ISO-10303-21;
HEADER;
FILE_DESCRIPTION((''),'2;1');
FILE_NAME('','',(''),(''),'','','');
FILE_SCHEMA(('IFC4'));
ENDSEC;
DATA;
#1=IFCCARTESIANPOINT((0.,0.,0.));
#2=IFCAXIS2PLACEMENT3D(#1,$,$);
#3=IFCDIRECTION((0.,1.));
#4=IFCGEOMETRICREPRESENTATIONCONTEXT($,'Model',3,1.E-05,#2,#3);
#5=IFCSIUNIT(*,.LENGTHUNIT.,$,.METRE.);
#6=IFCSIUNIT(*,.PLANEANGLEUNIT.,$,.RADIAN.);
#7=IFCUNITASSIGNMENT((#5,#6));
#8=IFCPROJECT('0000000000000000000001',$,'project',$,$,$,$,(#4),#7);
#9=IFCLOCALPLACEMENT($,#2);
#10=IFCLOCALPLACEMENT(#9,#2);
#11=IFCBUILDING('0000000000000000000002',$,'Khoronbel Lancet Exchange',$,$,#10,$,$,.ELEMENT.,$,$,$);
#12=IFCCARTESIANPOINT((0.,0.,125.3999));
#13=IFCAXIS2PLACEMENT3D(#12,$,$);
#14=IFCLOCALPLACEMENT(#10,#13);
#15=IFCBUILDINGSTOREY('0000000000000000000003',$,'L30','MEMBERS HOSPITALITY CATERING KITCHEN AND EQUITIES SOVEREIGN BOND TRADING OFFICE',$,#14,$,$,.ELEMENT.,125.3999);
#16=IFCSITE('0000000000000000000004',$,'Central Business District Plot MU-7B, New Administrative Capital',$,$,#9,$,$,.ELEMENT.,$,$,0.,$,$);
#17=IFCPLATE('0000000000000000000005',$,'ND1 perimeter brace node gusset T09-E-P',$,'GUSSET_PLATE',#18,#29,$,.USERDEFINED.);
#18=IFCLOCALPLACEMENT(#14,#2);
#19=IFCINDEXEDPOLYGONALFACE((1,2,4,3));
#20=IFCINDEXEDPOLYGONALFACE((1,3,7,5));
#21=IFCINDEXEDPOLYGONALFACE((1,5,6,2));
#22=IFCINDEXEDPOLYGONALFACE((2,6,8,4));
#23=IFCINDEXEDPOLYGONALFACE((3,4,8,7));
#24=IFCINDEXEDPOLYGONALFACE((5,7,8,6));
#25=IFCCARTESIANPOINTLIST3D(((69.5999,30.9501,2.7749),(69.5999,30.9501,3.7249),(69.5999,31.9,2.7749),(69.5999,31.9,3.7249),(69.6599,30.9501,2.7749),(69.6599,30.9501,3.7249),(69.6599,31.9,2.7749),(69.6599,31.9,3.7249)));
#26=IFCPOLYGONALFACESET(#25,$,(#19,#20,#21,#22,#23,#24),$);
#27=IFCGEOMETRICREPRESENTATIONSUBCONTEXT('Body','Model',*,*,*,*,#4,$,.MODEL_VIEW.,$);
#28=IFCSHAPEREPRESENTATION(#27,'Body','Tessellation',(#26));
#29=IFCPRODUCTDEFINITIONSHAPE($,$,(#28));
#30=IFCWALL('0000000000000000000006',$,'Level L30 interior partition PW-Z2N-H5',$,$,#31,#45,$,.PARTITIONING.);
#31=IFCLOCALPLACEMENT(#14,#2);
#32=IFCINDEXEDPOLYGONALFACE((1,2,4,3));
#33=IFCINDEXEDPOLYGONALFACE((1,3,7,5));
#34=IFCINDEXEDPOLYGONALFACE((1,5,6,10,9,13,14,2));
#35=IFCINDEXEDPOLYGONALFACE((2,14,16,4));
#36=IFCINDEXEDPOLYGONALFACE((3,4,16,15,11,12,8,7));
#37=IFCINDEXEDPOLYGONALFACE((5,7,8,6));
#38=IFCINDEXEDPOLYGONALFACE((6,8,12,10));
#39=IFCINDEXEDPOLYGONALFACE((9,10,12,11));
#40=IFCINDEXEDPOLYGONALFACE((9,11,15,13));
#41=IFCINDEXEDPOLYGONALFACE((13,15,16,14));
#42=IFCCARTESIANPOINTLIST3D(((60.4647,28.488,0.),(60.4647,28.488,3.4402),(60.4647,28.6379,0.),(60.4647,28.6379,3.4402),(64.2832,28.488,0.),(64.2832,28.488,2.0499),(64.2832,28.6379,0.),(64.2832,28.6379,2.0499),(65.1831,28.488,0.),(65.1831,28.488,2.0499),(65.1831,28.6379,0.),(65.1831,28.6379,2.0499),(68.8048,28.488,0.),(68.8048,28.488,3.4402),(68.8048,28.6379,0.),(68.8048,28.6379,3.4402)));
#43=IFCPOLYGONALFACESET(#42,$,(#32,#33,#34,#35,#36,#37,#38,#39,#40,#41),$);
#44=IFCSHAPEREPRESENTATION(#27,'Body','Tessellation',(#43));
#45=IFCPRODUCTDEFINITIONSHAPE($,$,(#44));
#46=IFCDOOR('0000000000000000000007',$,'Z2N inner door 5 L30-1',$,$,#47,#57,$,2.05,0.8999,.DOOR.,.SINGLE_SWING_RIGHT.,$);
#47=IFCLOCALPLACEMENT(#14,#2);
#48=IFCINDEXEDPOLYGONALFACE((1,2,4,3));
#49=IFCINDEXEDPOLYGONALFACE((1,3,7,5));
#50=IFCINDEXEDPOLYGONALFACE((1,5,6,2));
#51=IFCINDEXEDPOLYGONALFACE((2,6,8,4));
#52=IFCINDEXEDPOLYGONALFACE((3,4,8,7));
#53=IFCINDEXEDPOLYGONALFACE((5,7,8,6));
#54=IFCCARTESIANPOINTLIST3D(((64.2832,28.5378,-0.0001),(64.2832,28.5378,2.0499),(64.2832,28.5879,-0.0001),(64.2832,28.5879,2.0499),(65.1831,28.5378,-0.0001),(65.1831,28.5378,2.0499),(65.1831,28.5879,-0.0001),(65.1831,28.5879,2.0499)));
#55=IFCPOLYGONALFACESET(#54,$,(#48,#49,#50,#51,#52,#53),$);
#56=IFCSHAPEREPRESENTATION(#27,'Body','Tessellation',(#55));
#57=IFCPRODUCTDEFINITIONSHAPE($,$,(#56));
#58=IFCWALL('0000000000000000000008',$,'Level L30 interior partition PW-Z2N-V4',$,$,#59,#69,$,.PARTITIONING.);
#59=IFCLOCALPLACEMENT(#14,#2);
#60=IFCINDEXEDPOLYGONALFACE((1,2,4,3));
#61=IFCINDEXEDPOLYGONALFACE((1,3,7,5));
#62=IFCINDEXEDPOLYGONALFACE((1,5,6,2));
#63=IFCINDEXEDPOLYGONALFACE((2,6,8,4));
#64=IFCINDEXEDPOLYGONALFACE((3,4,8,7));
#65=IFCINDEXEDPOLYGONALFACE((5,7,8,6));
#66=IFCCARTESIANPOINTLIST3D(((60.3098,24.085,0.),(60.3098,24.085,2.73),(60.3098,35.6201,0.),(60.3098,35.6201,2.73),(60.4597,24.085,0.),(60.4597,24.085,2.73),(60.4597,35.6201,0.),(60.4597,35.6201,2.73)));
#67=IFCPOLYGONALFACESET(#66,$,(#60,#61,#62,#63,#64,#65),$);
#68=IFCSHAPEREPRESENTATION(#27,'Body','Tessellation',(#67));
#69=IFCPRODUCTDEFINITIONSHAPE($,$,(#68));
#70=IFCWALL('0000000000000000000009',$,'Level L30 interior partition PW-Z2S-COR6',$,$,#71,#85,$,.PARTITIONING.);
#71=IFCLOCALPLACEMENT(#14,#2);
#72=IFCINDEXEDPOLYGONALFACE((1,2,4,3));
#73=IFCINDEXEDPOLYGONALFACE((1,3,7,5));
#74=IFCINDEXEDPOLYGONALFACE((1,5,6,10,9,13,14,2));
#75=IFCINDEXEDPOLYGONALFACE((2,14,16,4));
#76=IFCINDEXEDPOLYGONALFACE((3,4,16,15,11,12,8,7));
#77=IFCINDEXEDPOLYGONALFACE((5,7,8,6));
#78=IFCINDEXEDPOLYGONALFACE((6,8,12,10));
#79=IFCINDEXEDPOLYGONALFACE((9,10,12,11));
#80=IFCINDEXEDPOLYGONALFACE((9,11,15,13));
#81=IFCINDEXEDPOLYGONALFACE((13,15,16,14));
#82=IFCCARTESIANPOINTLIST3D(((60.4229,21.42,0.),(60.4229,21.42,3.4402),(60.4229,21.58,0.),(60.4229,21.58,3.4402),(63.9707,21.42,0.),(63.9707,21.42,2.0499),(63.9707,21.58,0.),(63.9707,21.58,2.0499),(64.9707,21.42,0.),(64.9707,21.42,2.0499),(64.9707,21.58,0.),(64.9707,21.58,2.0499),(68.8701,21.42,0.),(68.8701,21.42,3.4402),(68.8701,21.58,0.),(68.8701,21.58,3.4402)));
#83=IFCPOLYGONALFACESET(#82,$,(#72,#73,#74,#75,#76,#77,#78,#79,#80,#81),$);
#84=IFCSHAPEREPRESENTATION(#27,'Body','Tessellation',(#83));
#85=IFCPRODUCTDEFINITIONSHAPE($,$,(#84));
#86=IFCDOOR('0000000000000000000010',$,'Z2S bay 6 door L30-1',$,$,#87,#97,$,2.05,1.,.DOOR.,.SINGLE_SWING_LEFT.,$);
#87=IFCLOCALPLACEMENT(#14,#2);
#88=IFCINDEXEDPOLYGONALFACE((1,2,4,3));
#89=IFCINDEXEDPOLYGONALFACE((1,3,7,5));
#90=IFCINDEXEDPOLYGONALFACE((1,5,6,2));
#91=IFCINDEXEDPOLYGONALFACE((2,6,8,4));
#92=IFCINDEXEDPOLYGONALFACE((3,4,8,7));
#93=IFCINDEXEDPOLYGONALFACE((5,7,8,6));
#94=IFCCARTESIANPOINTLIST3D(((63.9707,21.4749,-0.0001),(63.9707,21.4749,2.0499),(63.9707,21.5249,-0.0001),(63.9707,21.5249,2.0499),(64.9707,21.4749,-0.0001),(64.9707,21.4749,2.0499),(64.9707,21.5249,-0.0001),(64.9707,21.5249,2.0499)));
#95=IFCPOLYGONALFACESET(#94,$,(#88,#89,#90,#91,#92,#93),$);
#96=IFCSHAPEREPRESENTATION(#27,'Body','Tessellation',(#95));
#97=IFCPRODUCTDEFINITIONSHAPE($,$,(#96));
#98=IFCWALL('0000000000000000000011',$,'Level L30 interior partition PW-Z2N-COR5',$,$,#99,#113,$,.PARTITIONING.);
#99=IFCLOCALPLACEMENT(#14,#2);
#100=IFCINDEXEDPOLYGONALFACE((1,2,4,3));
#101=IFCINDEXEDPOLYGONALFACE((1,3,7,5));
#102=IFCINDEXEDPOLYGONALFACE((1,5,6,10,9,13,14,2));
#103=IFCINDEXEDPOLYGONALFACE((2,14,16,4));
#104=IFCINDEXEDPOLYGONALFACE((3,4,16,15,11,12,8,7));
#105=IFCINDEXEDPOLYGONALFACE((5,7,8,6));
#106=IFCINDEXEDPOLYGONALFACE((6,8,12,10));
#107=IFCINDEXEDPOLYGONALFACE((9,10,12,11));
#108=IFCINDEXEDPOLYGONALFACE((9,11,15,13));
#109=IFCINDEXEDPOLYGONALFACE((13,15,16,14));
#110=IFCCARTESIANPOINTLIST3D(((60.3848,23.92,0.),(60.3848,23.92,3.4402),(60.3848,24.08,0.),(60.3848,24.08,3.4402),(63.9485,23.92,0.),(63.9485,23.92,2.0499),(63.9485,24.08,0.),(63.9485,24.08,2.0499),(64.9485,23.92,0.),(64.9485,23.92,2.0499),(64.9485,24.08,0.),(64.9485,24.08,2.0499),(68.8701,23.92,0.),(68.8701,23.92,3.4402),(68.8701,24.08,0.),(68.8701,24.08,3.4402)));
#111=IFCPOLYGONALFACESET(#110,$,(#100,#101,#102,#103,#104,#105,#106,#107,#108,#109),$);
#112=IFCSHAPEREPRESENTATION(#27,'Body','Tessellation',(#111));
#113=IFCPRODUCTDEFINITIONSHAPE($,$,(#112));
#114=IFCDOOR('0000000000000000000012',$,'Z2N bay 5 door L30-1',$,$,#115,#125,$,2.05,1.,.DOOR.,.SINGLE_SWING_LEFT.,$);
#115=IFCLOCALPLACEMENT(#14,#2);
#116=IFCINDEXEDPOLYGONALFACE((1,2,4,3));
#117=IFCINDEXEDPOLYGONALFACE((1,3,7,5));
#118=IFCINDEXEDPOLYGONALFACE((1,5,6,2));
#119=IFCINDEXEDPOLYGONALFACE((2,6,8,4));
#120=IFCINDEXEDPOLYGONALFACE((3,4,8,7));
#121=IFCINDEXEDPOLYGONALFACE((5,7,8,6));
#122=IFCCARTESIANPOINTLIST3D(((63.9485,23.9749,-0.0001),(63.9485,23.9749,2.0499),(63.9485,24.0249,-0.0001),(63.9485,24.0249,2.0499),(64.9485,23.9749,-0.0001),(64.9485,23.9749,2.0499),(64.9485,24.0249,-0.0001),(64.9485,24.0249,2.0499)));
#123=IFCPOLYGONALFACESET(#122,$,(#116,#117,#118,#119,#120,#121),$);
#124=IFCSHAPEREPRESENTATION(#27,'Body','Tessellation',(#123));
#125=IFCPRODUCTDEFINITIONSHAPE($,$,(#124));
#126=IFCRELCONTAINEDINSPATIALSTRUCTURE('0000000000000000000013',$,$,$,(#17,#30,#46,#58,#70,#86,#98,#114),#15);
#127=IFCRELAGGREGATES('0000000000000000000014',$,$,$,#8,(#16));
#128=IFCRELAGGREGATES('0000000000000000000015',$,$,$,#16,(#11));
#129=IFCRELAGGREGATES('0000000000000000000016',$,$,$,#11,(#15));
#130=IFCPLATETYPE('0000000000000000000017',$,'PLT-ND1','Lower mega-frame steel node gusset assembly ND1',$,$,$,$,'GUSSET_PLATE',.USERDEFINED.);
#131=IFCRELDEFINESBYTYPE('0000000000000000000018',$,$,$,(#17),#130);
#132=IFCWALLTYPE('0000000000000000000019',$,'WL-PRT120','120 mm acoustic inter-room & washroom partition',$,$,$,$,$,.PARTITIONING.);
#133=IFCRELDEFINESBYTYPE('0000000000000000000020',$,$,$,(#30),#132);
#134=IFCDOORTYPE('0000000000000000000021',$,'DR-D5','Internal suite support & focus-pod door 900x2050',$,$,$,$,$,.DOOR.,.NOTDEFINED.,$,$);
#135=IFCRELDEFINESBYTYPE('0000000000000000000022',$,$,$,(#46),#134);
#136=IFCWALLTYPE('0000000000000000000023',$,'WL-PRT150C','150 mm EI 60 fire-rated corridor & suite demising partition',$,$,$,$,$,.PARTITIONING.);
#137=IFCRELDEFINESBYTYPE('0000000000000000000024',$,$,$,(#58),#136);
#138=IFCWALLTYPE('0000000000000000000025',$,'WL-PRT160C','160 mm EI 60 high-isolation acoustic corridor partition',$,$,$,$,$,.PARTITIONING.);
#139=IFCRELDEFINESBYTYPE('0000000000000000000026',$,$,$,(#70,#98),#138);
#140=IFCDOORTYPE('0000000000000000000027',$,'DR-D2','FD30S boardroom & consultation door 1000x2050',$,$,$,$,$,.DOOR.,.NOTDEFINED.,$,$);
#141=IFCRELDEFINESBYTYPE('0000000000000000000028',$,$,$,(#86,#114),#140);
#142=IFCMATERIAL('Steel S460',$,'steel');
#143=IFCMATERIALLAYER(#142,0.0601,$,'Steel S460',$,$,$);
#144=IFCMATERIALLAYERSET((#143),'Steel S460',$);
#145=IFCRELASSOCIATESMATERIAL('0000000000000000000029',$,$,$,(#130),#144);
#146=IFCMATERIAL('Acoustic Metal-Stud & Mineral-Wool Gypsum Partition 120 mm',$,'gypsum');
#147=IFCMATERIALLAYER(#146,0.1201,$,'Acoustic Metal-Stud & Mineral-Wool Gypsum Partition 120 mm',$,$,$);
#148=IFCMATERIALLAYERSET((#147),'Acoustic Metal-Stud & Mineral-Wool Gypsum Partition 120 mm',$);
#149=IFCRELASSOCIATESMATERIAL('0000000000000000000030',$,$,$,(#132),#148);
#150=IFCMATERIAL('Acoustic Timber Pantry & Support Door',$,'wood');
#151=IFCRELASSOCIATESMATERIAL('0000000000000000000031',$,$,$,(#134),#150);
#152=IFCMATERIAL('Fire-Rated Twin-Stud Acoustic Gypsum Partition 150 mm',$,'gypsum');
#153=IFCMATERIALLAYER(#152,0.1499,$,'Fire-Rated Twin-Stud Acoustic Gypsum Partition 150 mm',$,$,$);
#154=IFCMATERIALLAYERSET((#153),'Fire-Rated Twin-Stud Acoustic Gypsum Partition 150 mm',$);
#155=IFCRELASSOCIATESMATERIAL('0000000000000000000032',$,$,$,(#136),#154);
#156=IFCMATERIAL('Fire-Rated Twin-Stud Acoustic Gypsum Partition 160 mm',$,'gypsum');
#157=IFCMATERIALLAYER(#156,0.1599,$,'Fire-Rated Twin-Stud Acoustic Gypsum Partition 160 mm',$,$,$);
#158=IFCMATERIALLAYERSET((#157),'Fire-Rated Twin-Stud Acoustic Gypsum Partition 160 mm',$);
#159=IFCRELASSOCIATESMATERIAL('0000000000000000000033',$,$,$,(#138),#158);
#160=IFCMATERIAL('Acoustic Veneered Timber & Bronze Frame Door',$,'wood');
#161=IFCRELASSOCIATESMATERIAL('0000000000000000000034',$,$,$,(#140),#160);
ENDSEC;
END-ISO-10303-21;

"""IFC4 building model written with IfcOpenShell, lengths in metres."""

from ifc_helpers import new_model, si_unit, direction, frame, frame_2d, origin, origin_2d, place, context, subcontext, project, spatial, rectangle, extrude, material, layer, layer_set, type_object, element, fill, save


model = new_model("IFC4")

# Units and contexts
model_context = context("Model", 3, precision=1e-05, world=origin(), true_north=direction((0.0, 1.0)))
body_context = subcontext(model_context, "Body", "Model", "MODEL_VIEW")
ifc_project = project(units=[si_unit("LENGTHUNIT", "METRE"), si_unit("PLANEANGLEUNIT", "RADIAN")], contexts=[model_context])

# Site, building, storey
site_placement = place(None, origin())
site = spatial("IfcSite", under=ifc_project, at=site_placement, Name="Central Business District Plot MU-7B, New Administrative Capital", CompositionType="ELEMENT", RefElevation=0.0)
building_placement = place(site_placement, origin())
building = spatial("IfcBuilding", under=site, at=building_placement, Name="Khoronbel Lancet Exchange", CompositionType="ELEMENT")
storey_placement = place(building_placement, frame((0.0, 0.0, 125.3999)))
storey = spatial("IfcBuildingStorey", under=building, at=storey_placement, Name="L30", Description="MEMBERS HOSPITALITY CATERING KITCHEN AND EQUITIES SOVEREIGN BOND TRADING OFFICE", CompositionType="ELEMENT", Elevation=125.3999)

# Shared definitions
ifc_material_1 = material(Name="Steel S460", Category="steel")

# Plate
ifc_layer_1 = layer(ifc_material_1, 0.0601, Name="Steel S460")
ifc_layer_set_1 = layer_set([ifc_layer_1], Name="Steel S460")
plate_type_1 = type_object("IfcPlateType", Name="PLT-ND1", Description="Lower mega-frame steel node gusset assembly ND1", ElementType="GUSSET_PLATE", PredefinedType="USERDEFINED", material=ifc_layer_set_1)
plate_1_placement = place(storey_placement, frame((69.6299, 31.425, 2.7749), z_axis=(0.0, 0.0, 1.0), x_axis=(0.0, 1.0, 0.0)))
element("IfcPlate", 1, at=plate_1_placement, inside=storey, type_object=plate_type_1, Name="ND1 perimeter brace node gusset T09-E-P", ObjectType="GUSSET_PLATE", PredefinedType="USERDEFINED", context=body_context, shape_type="SweptSolid", body=[
    extrude(rectangle(XDim=0.95, YDim=0.0601, at=origin_2d()), origin(), (0.0, 0.0, 1.0), 0.95),
])

# Wall, opening, door
ifc_material_2 = material(Name="Acoustic Metal-Stud & Mineral-Wool Gypsum Partition 120 mm", Category="gypsum")
ifc_layer_2 = layer(ifc_material_2, 0.1201, Name="Acoustic Metal-Stud & Mineral-Wool Gypsum Partition 120 mm")
ifc_layer_set_2 = layer_set([ifc_layer_2], Name="Acoustic Metal-Stud & Mineral-Wool Gypsum Partition 120 mm")
wall_type_1 = type_object("IfcWallType", Name="WL-PRT120", Description="120 mm acoustic inter-room & washroom partition", PredefinedType="PARTITIONING", material=ifc_layer_set_2)
wall_1_placement = place(storey_placement, frame((60.4648, 28.563, 0.0), z_axis=(0.0, 0.0, 1.0), x_axis=(1.0, 0.0, 0.0)))
wall_1 = element("IfcWall", 2, at=wall_1_placement, inside=storey, type_object=wall_type_1, Name="Level L30 interior partition PW-Z2N-H5", PredefinedType="PARTITIONING", context=body_context, shape_type="SweptSolid", body=[
    extrude(rectangle(XDim=8.3401, YDim=0.1499, at=frame_2d((4.1699, 0.0))), origin(), (0.0, 0.0, 1.0), 3.4402),
])
opening_1_placement = place(wall_1_placement, frame((3.8184, 0.0, 0.0)))
opening_1 = element("IfcOpeningElement", 3, at=opening_1_placement, cuts=wall_1, PredefinedType="OPENING", context=body_context, shape_type="SweptSolid", body=[
    extrude(rectangle(XDim=0.8999, YDim=2.05, at=frame_2d((0.45, 1.0249))), frame((0.0, 0.085, 0.0), z_axis=(0.0, -1.0, 0.0), x_axis=(1.0, 0.0, 0.0)), (0.0, 0.0, 1.0), 0.1699),
])
ifc_material_3 = material(Name="Acoustic Timber Pantry & Support Door", Category="wood")
door_type_1 = type_object("IfcDoorType", Name="DR-D5", Description="Internal suite support & focus-pod door 900x2050", OperationType="NOTDEFINED", PredefinedType="DOOR", material=ifc_material_3)
door_1_placement = place(opening_1_placement, origin())
door_1 = element("IfcDoor", 4, at=door_1_placement, inside=storey, type_object=door_type_1, Name="Z2N inner door 5 L30-1", OperationType="SINGLE_SWING_RIGHT", OverallHeight=2.05, OverallWidth=0.8999, PredefinedType="DOOR", context=body_context, shape_type="SweptSolid", body=[
    extrude(rectangle(XDim=0.8999, YDim=2.05, at=frame_2d((0.45, 1.0249))), frame((0.0, 0.0249, 0.0), z_axis=(0.0, -1.0, 0.0), x_axis=(1.0, 0.0, 0.0)), (0.0, 0.0, 1.0), 0.05),
])
fill(opening_1, door_1)

# Wall
ifc_material_4 = material(Name="Fire-Rated Twin-Stud Acoustic Gypsum Partition 150 mm", Category="gypsum")
ifc_layer_3 = layer(ifc_material_4, 0.1499, Name="Fire-Rated Twin-Stud Acoustic Gypsum Partition 150 mm")
ifc_layer_set_3 = layer_set([ifc_layer_3], Name="Fire-Rated Twin-Stud Acoustic Gypsum Partition 150 mm")
wall_type_2 = type_object("IfcWallType", Name="WL-PRT150C", Description="150 mm EI 60 fire-rated corridor & suite demising partition", PredefinedType="PARTITIONING", material=ifc_layer_set_3)
wall_2_placement = place(storey_placement, frame((60.3848, 24.085, 0.0), z_axis=(0.0, 0.0, 1.0), x_axis=(0.0, 1.0, 0.0)))
element("IfcWall", 5, at=wall_2_placement, inside=storey, type_object=wall_type_2, Name="Level L30 interior partition PW-Z2N-V4", PredefinedType="PARTITIONING", context=body_context, shape_type="SweptSolid", body=[
    extrude(rectangle(XDim=11.5352, YDim=0.1499, at=frame_2d((5.7676, 0.0))), origin(), (0.0, 0.0, 1.0), 2.73),
])

# Walls, openings, doors
ifc_material_5 = material(Name="Fire-Rated Twin-Stud Acoustic Gypsum Partition 160 mm", Category="gypsum")
ifc_layer_4 = layer(ifc_material_5, 0.1599, Name="Fire-Rated Twin-Stud Acoustic Gypsum Partition 160 mm")
ifc_layer_set_4 = layer_set([ifc_layer_4], Name="Fire-Rated Twin-Stud Acoustic Gypsum Partition 160 mm")
wall_type_3 = type_object("IfcWallType", Name="WL-PRT160C", Description="160 mm EI 60 high-isolation acoustic corridor partition", PredefinedType="PARTITIONING", material=ifc_layer_set_4)
wall_3_placement = place(storey_placement, frame((60.4229, 21.5, 0.0), z_axis=(0.0, 0.0, 1.0), x_axis=(1.0, 0.0, 0.0)))
wall_3 = element("IfcWall", 6, at=wall_3_placement, inside=storey, type_object=wall_type_3, Name="Level L30 interior partition PW-Z2S-COR6", PredefinedType="PARTITIONING", context=body_context, shape_type="SweptSolid", body=[
    extrude(rectangle(XDim=8.4473, YDim=0.1599, at=frame_2d((4.2236, 0.0))), origin(), (0.0, 0.0, 1.0), 3.4402),
])
opening_2_placement = place(wall_3_placement, frame((3.5479, 0.0, 0.0)))
opening_2 = element("IfcOpeningElement", 7, at=opening_2_placement, cuts=wall_3, PredefinedType="OPENING", context=body_context, shape_type="SweptSolid", body=[
    extrude(rectangle(XDim=1.0, YDim=2.05, at=frame_2d((0.5, 1.0249))), frame((0.0, 0.0898, 0.0), z_axis=(0.0, -1.0, 0.0), x_axis=(1.0, 0.0, 0.0)), (0.0, 0.0, 1.0), 0.1799),
])
ifc_material_6 = material(Name="Acoustic Veneered Timber & Bronze Frame Door", Category="wood")
door_type_2 = type_object("IfcDoorType", Name="DR-D2", Description="FD30S boardroom & consultation door 1000x2050", OperationType="NOTDEFINED", PredefinedType="DOOR", material=ifc_material_6)
door_2_placement = place(opening_2_placement, origin())
door_2 = element("IfcDoor", 8, at=door_2_placement, inside=storey, type_object=door_type_2, Name="Z2S bay 6 door L30-1", OperationType="SINGLE_SWING_LEFT", OverallHeight=2.05, OverallWidth=1.0, PredefinedType="DOOR", context=body_context, shape_type="SweptSolid", body=[
    extrude(rectangle(XDim=1.0, YDim=2.05, at=frame_2d((0.5, 1.0249))), frame((0.0, 0.0249, 0.0), z_axis=(0.0, -1.0, 0.0), x_axis=(1.0, 0.0, 0.0)), (0.0, 0.0, 1.0), 0.05),
])
fill(opening_2, door_2)
wall_4_placement = place(storey_placement, frame((60.3848, 24.0, 0.0), z_axis=(0.0, 0.0, 1.0), x_axis=(1.0, 0.0, 0.0)))
wall_4 = element("IfcWall", 9, at=wall_4_placement, inside=storey, type_object=wall_type_3, Name="Level L30 interior partition PW-Z2N-COR5", PredefinedType="PARTITIONING", context=body_context, shape_type="SweptSolid", body=[
    extrude(rectangle(XDim=8.4854, YDim=0.1599, at=frame_2d((4.2427, 0.0))), origin(), (0.0, 0.0, 1.0), 3.4402),
])
opening_3_placement = place(wall_4_placement, frame((3.5637, 0.0, 0.0)))
opening_3 = element("IfcOpeningElement", 10, at=opening_3_placement, cuts=wall_4, PredefinedType="OPENING", context=body_context, shape_type="SweptSolid", body=[
    extrude(rectangle(XDim=1.0, YDim=2.05, at=frame_2d((0.5, 1.0249))), frame((0.0, 0.0898, 0.0), z_axis=(0.0, -1.0, 0.0), x_axis=(1.0, 0.0, 0.0)), (0.0, 0.0, 1.0), 0.1799),
])
door_3_placement = place(opening_3_placement, origin())
door_3 = element("IfcDoor", 11, at=door_3_placement, inside=storey, type_object=door_type_2, Name="Z2N bay 5 door L30-1", OperationType="SINGLE_SWING_LEFT", OverallHeight=2.05, OverallWidth=1.0, PredefinedType="DOOR", context=body_context, shape_type="SweptSolid", body=[
    extrude(rectangle(XDim=1.0, YDim=2.05, at=frame_2d((0.5, 1.0249))), frame((0.0, 0.0249, 0.0), z_axis=(0.0, -1.0, 0.0), x_axis=(1.0, 0.0, 0.0)), (0.0, 0.0, 1.0), 0.05),
])
fill(opening_3, door_3)

save(model, "model.ifc")
